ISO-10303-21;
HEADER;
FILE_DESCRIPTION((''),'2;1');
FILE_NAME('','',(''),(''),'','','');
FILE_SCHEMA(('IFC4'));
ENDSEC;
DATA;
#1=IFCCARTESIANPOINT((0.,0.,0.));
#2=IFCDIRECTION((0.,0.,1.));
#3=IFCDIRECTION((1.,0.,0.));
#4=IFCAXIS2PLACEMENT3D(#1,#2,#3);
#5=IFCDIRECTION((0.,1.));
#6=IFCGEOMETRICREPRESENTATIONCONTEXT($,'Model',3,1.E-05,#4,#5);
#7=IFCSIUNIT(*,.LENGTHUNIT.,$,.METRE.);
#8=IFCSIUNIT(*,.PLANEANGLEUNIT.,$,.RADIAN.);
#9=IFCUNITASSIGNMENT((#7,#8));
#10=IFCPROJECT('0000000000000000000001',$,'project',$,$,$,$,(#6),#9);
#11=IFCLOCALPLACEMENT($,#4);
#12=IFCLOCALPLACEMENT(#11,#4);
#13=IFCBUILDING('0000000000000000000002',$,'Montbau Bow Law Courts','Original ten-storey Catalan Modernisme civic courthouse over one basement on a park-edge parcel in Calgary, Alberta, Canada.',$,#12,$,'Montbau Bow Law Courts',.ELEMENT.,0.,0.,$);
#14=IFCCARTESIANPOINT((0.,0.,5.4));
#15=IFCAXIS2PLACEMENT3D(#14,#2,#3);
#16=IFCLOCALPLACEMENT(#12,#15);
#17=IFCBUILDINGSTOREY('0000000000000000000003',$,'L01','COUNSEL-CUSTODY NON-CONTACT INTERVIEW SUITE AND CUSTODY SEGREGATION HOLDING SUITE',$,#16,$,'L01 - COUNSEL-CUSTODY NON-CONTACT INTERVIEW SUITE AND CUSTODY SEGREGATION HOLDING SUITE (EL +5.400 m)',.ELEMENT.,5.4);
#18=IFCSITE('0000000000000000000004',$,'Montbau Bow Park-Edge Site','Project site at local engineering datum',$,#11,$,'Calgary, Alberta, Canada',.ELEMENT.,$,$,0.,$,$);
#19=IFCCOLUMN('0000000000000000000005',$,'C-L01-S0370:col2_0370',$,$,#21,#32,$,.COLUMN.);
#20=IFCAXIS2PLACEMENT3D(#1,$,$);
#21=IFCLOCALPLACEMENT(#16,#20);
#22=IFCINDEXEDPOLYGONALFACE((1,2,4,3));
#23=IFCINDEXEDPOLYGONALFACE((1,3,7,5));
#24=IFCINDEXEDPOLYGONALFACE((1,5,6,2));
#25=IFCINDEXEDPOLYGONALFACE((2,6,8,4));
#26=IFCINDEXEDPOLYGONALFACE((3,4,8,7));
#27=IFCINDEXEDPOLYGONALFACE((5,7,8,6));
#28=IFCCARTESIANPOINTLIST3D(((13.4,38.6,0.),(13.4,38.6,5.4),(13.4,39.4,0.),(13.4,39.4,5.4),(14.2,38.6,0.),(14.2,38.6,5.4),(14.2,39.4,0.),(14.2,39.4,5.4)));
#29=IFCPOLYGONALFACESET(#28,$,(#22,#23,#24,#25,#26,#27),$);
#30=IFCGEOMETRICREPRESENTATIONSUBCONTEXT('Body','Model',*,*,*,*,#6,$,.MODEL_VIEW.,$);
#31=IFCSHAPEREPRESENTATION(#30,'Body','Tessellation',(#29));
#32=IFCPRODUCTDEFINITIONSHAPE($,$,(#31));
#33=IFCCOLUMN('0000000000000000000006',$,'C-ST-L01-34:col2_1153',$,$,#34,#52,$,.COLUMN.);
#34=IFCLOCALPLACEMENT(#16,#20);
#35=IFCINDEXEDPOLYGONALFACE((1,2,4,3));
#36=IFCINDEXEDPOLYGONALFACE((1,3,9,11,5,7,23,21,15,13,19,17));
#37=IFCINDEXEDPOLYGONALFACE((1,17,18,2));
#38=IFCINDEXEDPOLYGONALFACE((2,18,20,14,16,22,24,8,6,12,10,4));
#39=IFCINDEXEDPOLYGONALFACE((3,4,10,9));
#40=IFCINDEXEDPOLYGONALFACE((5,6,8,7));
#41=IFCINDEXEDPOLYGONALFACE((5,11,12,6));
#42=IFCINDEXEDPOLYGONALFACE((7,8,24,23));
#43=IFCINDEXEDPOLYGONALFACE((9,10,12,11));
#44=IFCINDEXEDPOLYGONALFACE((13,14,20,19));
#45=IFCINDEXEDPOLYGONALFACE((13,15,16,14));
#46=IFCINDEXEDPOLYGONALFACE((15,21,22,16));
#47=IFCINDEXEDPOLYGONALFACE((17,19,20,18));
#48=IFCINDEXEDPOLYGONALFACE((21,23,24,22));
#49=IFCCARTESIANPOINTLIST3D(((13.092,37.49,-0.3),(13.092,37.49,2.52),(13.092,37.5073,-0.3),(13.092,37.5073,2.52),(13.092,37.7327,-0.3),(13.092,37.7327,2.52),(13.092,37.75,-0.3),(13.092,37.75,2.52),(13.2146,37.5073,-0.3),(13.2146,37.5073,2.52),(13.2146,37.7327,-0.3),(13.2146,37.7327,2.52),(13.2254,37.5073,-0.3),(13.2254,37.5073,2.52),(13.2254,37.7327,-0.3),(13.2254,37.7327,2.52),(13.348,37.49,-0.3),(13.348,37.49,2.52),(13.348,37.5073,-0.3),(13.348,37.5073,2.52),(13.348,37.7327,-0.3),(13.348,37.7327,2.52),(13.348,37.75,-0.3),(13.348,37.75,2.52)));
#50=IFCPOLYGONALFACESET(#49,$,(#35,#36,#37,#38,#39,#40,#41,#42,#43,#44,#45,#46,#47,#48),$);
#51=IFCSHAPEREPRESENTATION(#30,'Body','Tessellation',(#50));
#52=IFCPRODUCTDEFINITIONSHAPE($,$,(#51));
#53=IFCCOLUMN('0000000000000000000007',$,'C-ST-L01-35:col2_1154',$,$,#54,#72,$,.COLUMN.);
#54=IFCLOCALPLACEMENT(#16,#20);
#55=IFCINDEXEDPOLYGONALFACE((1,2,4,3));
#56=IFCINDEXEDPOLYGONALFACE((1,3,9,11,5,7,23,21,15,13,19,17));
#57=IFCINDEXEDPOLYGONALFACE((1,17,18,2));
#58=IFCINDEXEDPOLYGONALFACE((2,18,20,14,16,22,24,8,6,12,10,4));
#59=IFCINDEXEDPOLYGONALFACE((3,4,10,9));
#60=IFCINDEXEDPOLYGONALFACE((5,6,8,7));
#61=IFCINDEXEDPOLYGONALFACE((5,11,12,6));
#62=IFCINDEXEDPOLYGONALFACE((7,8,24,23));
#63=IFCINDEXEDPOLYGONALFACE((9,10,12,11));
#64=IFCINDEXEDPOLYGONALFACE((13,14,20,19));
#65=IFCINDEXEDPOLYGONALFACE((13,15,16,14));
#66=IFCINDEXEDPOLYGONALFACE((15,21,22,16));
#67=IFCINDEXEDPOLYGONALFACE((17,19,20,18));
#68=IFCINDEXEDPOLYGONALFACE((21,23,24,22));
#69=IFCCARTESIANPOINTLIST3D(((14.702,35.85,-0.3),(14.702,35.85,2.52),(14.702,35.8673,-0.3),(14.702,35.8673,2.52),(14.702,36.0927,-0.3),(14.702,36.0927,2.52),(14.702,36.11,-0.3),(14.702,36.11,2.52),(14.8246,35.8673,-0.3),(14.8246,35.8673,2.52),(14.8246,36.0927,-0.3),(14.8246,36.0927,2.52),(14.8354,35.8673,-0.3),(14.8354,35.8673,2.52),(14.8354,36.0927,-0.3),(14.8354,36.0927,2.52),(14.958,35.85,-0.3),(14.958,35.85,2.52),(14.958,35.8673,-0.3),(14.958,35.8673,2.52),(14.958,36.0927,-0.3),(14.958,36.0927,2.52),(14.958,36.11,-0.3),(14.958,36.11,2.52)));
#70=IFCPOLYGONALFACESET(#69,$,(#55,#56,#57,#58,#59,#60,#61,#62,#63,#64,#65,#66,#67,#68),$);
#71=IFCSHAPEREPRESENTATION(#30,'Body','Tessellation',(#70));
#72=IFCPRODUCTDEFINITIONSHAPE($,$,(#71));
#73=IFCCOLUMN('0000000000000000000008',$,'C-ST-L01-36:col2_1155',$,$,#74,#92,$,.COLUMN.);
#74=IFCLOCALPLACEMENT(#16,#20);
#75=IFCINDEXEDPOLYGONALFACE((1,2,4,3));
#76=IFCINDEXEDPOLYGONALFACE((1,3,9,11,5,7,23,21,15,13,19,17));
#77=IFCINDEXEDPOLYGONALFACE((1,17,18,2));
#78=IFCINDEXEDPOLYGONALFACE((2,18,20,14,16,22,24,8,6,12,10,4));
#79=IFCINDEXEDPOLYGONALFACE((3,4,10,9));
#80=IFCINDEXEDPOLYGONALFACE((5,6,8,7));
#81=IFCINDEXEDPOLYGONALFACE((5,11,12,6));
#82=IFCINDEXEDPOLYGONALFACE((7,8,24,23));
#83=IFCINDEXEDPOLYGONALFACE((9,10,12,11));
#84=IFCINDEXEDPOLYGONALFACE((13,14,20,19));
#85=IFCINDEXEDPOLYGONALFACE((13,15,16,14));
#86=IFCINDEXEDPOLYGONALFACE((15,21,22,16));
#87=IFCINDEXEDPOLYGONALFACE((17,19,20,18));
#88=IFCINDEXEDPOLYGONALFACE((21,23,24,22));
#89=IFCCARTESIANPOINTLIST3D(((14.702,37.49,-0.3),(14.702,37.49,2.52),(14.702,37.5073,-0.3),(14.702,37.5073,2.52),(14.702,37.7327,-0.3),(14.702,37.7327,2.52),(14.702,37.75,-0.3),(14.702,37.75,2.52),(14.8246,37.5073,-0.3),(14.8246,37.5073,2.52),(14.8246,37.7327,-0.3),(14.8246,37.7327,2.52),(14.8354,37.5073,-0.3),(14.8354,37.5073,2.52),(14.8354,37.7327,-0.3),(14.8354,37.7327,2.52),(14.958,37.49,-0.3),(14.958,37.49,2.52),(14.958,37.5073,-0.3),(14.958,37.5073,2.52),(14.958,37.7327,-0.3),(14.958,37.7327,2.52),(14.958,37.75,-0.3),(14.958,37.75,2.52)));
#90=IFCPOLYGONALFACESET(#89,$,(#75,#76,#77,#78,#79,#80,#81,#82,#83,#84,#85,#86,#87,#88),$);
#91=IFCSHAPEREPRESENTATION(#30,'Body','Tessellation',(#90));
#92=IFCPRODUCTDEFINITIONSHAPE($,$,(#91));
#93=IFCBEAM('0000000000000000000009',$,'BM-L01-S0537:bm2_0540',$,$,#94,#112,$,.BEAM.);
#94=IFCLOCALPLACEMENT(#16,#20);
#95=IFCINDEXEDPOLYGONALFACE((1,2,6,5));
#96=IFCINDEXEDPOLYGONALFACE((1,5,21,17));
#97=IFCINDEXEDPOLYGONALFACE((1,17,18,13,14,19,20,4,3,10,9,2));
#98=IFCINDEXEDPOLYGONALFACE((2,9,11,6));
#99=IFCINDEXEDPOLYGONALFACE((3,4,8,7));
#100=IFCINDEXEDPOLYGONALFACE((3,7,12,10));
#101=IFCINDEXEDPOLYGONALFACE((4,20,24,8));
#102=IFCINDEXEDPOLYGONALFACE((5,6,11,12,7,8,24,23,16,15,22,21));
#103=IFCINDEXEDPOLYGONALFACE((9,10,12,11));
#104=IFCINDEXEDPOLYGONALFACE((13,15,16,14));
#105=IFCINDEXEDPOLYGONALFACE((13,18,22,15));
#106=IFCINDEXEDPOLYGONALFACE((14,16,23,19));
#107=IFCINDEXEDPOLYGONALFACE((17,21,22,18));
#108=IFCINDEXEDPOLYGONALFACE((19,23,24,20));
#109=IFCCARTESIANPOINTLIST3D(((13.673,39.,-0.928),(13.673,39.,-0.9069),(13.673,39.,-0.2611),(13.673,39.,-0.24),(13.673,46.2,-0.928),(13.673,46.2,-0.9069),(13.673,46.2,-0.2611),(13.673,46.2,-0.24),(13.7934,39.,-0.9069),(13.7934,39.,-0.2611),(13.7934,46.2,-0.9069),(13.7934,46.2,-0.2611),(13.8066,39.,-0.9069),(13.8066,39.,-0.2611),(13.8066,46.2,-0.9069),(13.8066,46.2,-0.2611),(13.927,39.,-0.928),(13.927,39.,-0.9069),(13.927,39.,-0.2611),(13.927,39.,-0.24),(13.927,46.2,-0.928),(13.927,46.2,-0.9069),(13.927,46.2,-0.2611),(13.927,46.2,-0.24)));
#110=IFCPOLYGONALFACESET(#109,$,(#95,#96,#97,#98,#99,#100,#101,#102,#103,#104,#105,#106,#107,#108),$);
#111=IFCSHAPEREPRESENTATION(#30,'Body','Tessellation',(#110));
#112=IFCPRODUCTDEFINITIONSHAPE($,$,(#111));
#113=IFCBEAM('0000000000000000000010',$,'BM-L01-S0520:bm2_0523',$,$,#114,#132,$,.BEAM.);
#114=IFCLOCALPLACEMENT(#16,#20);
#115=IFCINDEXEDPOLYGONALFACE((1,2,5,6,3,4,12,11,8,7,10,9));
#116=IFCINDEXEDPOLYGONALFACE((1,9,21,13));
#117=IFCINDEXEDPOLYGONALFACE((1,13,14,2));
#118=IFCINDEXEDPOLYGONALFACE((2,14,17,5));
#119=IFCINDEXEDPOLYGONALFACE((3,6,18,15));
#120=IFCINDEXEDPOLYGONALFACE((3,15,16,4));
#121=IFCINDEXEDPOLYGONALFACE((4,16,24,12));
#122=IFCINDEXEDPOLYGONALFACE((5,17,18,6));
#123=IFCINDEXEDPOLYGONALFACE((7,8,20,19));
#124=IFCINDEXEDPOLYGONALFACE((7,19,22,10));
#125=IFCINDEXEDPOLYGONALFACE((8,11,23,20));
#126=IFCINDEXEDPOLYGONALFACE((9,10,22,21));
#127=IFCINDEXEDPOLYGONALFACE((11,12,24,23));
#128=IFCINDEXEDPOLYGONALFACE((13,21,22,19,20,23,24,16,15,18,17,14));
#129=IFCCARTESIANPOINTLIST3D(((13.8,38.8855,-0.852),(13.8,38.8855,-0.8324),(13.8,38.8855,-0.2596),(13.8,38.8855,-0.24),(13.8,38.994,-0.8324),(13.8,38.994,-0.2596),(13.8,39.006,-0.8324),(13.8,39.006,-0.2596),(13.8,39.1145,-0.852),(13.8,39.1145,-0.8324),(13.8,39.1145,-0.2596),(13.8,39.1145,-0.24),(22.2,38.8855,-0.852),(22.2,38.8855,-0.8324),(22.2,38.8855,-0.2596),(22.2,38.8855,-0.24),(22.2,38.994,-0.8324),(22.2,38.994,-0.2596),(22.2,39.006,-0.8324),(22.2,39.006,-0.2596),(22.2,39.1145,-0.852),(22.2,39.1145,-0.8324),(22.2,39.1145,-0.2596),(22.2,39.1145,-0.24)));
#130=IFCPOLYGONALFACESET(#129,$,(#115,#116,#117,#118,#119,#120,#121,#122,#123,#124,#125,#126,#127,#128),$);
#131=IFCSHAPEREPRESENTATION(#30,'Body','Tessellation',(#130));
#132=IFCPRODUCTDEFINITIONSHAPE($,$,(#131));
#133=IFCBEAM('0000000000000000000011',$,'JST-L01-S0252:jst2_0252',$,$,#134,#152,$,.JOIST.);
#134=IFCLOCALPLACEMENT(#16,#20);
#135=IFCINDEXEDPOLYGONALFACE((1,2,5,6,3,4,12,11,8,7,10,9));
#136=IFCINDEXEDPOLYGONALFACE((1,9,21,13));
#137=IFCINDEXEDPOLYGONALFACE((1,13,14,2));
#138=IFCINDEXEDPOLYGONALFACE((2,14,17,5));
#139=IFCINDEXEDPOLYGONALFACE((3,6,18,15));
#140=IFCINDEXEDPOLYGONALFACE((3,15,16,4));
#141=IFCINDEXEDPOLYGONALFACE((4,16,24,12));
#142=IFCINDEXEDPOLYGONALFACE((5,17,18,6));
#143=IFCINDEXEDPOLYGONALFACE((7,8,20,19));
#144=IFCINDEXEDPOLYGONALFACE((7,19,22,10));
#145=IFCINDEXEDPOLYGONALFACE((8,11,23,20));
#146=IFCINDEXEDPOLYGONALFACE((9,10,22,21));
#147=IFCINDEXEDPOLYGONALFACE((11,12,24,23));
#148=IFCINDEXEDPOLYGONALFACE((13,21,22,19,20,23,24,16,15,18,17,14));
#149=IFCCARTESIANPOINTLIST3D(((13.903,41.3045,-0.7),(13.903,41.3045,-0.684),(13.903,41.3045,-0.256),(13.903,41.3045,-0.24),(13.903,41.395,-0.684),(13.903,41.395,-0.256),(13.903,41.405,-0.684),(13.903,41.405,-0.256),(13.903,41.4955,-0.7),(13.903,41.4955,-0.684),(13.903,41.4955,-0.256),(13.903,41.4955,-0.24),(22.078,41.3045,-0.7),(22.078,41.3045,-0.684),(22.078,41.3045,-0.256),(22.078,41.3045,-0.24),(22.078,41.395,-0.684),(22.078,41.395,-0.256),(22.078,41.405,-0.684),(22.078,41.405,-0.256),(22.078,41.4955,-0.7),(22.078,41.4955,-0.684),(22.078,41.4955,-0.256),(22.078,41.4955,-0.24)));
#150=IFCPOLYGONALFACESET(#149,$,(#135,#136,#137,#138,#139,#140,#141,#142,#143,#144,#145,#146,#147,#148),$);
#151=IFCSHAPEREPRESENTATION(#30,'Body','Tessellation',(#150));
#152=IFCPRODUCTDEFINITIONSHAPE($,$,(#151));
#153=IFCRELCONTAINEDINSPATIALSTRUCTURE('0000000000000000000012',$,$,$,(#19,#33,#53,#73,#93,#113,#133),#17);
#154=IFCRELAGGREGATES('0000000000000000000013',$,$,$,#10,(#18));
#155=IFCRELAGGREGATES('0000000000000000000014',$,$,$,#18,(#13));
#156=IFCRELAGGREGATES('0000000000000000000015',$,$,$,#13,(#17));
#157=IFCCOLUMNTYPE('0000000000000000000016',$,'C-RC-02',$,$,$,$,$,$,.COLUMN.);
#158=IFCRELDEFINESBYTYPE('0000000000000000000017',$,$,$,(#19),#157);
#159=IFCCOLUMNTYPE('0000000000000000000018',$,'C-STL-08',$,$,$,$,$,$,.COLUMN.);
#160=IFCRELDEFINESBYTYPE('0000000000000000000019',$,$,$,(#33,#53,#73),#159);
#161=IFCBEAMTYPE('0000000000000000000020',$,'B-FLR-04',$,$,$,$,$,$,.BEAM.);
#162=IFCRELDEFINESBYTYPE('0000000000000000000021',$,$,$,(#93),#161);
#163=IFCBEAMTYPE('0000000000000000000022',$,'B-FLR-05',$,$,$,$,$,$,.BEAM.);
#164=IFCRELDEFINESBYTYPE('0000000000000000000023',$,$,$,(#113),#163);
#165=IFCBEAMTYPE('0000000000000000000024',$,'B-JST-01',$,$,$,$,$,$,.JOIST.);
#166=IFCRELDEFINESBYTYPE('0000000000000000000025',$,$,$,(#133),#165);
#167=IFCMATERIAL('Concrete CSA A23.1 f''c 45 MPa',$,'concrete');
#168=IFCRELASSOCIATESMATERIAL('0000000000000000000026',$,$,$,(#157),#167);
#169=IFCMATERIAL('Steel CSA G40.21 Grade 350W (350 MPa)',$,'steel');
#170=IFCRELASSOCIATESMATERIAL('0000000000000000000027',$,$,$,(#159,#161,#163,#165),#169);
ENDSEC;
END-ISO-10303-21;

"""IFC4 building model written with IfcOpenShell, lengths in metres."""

from ifc_helpers import new_model, si_unit, direction, frame, origin_with_axes, origin_2d_with_axis, place, context, subcontext, project, spatial, rectangle, i_section, extrude, material, material_profile, profile_set, type_object, element, save


model = new_model("IFC4")

# Units and contexts
model_context = context("Model", 3, precision=1e-05, world=origin_with_axes(), true_north=direction((0.0, 1.0)))
body_context = subcontext(model_context, "Body", "Model", "MODEL_VIEW")
ifc_project = project(units=[si_unit("LENGTHUNIT", "METRE"), si_unit("PLANEANGLEUNIT", "RADIAN")], contexts=[model_context])

# Site, building, storey
site_placement = place(None, origin_with_axes())
site = spatial("IfcSite", under=ifc_project, at=site_placement, Name="Montbau Bow Park-Edge Site", Description="Project site at local engineering datum", LongName="Calgary, Alberta, Canada", CompositionType="ELEMENT", RefElevation=0.0)
building_placement = place(site_placement, origin_with_axes())
building = spatial("IfcBuilding", under=site, at=building_placement, Name="Montbau Bow Law Courts", Description="Original ten-storey Catalan Modernisme civic courthouse over one basement on a park-edge parcel in Calgary, Alberta, Canada.", LongName="Montbau Bow Law Courts", CompositionType="ELEMENT", ElevationOfRefHeight=0.0, ElevationOfTerrain=0.0)
storey_placement = place(building_placement, frame((0.0, 0.0, 5.4), z_axis=(0.0, 0.0, 1.0), x_axis=(1.0, 0.0, 0.0)))
storey = spatial("IfcBuildingStorey", under=building, at=storey_placement, Name="L01", Description="COUNSEL-CUSTODY NON-CONTACT INTERVIEW SUITE AND CUSTODY SEGREGATION HOLDING SUITE", LongName="L01 - COUNSEL-CUSTODY NON-CONTACT INTERVIEW SUITE AND CUSTODY SEGREGATION HOLDING SUITE (EL +5.400 m)", CompositionType="ELEMENT", Elevation=5.4)

# Columns
ifc_material_1 = material(Name="Concrete CSA A23.1 f'c 45 MPa", Category="concrete")
ifc_material_profile_1 = material_profile(ifc_material_1, rectangle(XDim=0.8, YDim=0.8, at=origin_2d_with_axis()), Name="RC800X800", Category="Main", Priority=0)
ifc_profile_set_1 = profile_set([ifc_material_profile_1], Name="Concrete CSA A23.1 f'c 45 MPa")
column_type_1 = type_object("IfcColumnType", Name="C-RC-02", PredefinedType="COLUMN", material=ifc_profile_set_1)
column_placement = place(None, frame((13.8, 39.0, 5.4), z_axis=(0.0, 0.0, 1.0), x_axis=(1.0, 0.0, 0.0)))
element("IfcColumn", 1, at=column_placement, inside=storey, type_object=column_type_1, Name="C-L01-S0370:col2_0370", PredefinedType="COLUMN", context=body_context, shape_type="SweptSolid", body=[
    extrude(rectangle(XDim=0.8, YDim=0.8, at=origin_2d_with_axis()), origin_with_axes(), (0.0, 0.0, 1.0), 5.4),
])
ifc_material_2 = material(Name="Steel CSA G40.21 Grade 350W (350 MPa)", Category="steel")
ifc_material_profile_2 = material_profile(ifc_material_2, i_section(OverallWidth=0.256, OverallDepth=0.26, WebThickness=0.0107, FlangeThickness=0.0173, at=origin_2d_with_axis()), Name="W250X89", Category="Main", Priority=0)
ifc_profile_set_2 = profile_set([ifc_material_profile_2], Name="Steel CSA G40.21 Grade 350W (350 MPa)")
column_type_2 = type_object("IfcColumnType", Name="C-STL-08", PredefinedType="COLUMN", material=ifc_profile_set_2)
for number, where, z_axis, x_axis, name in (
    (2, (13.22, 37.62, 5.1), (0.0, 0.0, 1.0), (1.0, 0.0, 0.0), "C-ST-L01-34:col2_1153"),
    (3, (14.83, 35.98, 5.1), (0.0, 0.0, 1.0), (1.0, 0.0, 0.0), "C-ST-L01-35:col2_1154"),
    (4, (14.83, 37.62, 5.1), (0.0, 0.0, 1.0), (1.0, 0.0, 0.0), "C-ST-L01-36:col2_1155"),
):
    element("IfcColumn", number, at=place(None, frame(where, z_axis=z_axis, x_axis=x_axis)), inside=storey, type_object=column_type_2, Name=name, PredefinedType="COLUMN", context=body_context, shape_type="SweptSolid", body=[
        extrude(i_section(OverallWidth=0.256, OverallDepth=0.26, WebThickness=0.0107, FlangeThickness=0.0173, at=origin_2d_with_axis()), origin_with_axes(), (0.0, 0.0, 1.0), 2.82),
    ])

# Beams
ifc_material_profile_3 = material_profile(ifc_material_2, i_section(OverallWidth=0.254, OverallDepth=0.688, WebThickness=0.0131, FlangeThickness=0.0211, at=origin_2d_with_axis()), Name="W690X152", Category="Main", Priority=0)
ifc_profile_set_3 = profile_set([ifc_material_profile_3], Name="Steel CSA G40.21 Grade 350W (350 MPa)")
beam_type_1 = type_object("IfcBeamType", Name="B-FLR-04", PredefinedType="BEAM", material=ifc_profile_set_3)
beam_1_placement = place(None, frame((13.8, 39.0, 4.816), z_axis=(0.0, 1.0, 0.0), x_axis=(-1.0, 0.0, 0.0)))
element("IfcBeam", 5, at=beam_1_placement, inside=storey, type_object=beam_type_1, Name="BM-L01-S0537:bm2_0540", PredefinedType="BEAM", context=body_context, shape_type="SweptSolid", body=[
    extrude(i_section(OverallWidth=0.254, OverallDepth=0.688, WebThickness=0.0131, FlangeThickness=0.0211, at=origin_2d_with_axis()), origin_with_axes(), (0.0, 0.0, 1.0), 7.2),
])
ifc_material_profile_4 = material_profile(ifc_material_2, i_section(OverallWidth=0.229, OverallDepth=0.612, WebThickness=0.0119, FlangeThickness=0.0196, at=origin_2d_with_axis()), Name="W610X125", Category="Main", Priority=0)
ifc_profile_set_4 = profile_set([ifc_material_profile_4], Name="Steel CSA G40.21 Grade 350W (350 MPa)")
beam_type_2 = type_object("IfcBeamType", Name="B-FLR-05", PredefinedType="BEAM", material=ifc_profile_set_4)
beam_2_placement = place(None, frame((13.8, 39.0, 4.854), z_axis=(1.0, 0.0, 0.0), x_axis=(0.0, 1.0, 0.0)))
element("IfcBeam", 6, at=beam_2_placement, inside=storey, type_object=beam_type_2, Name="BM-L01-S0520:bm2_0523", PredefinedType="BEAM", context=body_context, shape_type="SweptSolid", body=[
    extrude(i_section(OverallWidth=0.229, OverallDepth=0.612, WebThickness=0.0119, FlangeThickness=0.0196, at=origin_2d_with_axis()), origin_with_axes(), (0.0, 0.0, 1.0), 8.4),
])
ifc_material_profile_5 = material_profile(ifc_material_2, i_section(OverallWidth=0.191, OverallDepth=0.46, WebThickness=0.0099, FlangeThickness=0.016, at=origin_2d_with_axis()), Name="W460X82", Category="Main", Priority=0)
ifc_profile_set_5 = profile_set([ifc_material_profile_5], Name="Steel CSA G40.21 Grade 350W (350 MPa)")
beam_type_3 = type_object("IfcBeamType", Name="B-JST-01", PredefinedType="JOIST", material=ifc_profile_set_5)
beam_3_placement = place(None, frame((13.903, 41.4, 4.93), z_axis=(1.0, 0.0, 0.0), x_axis=(0.0, 1.0, 0.0)))
element("IfcBeam", 7, at=beam_3_placement, inside=storey, type_object=beam_type_3, Name="JST-L01-S0252:jst2_0252", PredefinedType="JOIST", context=body_context, shape_type="SweptSolid", body=[
    extrude(i_section(OverallWidth=0.191, OverallDepth=0.46, WebThickness=0.0099, FlangeThickness=0.016, at=origin_2d_with_axis()), origin_with_axes(), (0.0, 0.0, 1.0), 8.175),
])

save(model, "model.ifc")
